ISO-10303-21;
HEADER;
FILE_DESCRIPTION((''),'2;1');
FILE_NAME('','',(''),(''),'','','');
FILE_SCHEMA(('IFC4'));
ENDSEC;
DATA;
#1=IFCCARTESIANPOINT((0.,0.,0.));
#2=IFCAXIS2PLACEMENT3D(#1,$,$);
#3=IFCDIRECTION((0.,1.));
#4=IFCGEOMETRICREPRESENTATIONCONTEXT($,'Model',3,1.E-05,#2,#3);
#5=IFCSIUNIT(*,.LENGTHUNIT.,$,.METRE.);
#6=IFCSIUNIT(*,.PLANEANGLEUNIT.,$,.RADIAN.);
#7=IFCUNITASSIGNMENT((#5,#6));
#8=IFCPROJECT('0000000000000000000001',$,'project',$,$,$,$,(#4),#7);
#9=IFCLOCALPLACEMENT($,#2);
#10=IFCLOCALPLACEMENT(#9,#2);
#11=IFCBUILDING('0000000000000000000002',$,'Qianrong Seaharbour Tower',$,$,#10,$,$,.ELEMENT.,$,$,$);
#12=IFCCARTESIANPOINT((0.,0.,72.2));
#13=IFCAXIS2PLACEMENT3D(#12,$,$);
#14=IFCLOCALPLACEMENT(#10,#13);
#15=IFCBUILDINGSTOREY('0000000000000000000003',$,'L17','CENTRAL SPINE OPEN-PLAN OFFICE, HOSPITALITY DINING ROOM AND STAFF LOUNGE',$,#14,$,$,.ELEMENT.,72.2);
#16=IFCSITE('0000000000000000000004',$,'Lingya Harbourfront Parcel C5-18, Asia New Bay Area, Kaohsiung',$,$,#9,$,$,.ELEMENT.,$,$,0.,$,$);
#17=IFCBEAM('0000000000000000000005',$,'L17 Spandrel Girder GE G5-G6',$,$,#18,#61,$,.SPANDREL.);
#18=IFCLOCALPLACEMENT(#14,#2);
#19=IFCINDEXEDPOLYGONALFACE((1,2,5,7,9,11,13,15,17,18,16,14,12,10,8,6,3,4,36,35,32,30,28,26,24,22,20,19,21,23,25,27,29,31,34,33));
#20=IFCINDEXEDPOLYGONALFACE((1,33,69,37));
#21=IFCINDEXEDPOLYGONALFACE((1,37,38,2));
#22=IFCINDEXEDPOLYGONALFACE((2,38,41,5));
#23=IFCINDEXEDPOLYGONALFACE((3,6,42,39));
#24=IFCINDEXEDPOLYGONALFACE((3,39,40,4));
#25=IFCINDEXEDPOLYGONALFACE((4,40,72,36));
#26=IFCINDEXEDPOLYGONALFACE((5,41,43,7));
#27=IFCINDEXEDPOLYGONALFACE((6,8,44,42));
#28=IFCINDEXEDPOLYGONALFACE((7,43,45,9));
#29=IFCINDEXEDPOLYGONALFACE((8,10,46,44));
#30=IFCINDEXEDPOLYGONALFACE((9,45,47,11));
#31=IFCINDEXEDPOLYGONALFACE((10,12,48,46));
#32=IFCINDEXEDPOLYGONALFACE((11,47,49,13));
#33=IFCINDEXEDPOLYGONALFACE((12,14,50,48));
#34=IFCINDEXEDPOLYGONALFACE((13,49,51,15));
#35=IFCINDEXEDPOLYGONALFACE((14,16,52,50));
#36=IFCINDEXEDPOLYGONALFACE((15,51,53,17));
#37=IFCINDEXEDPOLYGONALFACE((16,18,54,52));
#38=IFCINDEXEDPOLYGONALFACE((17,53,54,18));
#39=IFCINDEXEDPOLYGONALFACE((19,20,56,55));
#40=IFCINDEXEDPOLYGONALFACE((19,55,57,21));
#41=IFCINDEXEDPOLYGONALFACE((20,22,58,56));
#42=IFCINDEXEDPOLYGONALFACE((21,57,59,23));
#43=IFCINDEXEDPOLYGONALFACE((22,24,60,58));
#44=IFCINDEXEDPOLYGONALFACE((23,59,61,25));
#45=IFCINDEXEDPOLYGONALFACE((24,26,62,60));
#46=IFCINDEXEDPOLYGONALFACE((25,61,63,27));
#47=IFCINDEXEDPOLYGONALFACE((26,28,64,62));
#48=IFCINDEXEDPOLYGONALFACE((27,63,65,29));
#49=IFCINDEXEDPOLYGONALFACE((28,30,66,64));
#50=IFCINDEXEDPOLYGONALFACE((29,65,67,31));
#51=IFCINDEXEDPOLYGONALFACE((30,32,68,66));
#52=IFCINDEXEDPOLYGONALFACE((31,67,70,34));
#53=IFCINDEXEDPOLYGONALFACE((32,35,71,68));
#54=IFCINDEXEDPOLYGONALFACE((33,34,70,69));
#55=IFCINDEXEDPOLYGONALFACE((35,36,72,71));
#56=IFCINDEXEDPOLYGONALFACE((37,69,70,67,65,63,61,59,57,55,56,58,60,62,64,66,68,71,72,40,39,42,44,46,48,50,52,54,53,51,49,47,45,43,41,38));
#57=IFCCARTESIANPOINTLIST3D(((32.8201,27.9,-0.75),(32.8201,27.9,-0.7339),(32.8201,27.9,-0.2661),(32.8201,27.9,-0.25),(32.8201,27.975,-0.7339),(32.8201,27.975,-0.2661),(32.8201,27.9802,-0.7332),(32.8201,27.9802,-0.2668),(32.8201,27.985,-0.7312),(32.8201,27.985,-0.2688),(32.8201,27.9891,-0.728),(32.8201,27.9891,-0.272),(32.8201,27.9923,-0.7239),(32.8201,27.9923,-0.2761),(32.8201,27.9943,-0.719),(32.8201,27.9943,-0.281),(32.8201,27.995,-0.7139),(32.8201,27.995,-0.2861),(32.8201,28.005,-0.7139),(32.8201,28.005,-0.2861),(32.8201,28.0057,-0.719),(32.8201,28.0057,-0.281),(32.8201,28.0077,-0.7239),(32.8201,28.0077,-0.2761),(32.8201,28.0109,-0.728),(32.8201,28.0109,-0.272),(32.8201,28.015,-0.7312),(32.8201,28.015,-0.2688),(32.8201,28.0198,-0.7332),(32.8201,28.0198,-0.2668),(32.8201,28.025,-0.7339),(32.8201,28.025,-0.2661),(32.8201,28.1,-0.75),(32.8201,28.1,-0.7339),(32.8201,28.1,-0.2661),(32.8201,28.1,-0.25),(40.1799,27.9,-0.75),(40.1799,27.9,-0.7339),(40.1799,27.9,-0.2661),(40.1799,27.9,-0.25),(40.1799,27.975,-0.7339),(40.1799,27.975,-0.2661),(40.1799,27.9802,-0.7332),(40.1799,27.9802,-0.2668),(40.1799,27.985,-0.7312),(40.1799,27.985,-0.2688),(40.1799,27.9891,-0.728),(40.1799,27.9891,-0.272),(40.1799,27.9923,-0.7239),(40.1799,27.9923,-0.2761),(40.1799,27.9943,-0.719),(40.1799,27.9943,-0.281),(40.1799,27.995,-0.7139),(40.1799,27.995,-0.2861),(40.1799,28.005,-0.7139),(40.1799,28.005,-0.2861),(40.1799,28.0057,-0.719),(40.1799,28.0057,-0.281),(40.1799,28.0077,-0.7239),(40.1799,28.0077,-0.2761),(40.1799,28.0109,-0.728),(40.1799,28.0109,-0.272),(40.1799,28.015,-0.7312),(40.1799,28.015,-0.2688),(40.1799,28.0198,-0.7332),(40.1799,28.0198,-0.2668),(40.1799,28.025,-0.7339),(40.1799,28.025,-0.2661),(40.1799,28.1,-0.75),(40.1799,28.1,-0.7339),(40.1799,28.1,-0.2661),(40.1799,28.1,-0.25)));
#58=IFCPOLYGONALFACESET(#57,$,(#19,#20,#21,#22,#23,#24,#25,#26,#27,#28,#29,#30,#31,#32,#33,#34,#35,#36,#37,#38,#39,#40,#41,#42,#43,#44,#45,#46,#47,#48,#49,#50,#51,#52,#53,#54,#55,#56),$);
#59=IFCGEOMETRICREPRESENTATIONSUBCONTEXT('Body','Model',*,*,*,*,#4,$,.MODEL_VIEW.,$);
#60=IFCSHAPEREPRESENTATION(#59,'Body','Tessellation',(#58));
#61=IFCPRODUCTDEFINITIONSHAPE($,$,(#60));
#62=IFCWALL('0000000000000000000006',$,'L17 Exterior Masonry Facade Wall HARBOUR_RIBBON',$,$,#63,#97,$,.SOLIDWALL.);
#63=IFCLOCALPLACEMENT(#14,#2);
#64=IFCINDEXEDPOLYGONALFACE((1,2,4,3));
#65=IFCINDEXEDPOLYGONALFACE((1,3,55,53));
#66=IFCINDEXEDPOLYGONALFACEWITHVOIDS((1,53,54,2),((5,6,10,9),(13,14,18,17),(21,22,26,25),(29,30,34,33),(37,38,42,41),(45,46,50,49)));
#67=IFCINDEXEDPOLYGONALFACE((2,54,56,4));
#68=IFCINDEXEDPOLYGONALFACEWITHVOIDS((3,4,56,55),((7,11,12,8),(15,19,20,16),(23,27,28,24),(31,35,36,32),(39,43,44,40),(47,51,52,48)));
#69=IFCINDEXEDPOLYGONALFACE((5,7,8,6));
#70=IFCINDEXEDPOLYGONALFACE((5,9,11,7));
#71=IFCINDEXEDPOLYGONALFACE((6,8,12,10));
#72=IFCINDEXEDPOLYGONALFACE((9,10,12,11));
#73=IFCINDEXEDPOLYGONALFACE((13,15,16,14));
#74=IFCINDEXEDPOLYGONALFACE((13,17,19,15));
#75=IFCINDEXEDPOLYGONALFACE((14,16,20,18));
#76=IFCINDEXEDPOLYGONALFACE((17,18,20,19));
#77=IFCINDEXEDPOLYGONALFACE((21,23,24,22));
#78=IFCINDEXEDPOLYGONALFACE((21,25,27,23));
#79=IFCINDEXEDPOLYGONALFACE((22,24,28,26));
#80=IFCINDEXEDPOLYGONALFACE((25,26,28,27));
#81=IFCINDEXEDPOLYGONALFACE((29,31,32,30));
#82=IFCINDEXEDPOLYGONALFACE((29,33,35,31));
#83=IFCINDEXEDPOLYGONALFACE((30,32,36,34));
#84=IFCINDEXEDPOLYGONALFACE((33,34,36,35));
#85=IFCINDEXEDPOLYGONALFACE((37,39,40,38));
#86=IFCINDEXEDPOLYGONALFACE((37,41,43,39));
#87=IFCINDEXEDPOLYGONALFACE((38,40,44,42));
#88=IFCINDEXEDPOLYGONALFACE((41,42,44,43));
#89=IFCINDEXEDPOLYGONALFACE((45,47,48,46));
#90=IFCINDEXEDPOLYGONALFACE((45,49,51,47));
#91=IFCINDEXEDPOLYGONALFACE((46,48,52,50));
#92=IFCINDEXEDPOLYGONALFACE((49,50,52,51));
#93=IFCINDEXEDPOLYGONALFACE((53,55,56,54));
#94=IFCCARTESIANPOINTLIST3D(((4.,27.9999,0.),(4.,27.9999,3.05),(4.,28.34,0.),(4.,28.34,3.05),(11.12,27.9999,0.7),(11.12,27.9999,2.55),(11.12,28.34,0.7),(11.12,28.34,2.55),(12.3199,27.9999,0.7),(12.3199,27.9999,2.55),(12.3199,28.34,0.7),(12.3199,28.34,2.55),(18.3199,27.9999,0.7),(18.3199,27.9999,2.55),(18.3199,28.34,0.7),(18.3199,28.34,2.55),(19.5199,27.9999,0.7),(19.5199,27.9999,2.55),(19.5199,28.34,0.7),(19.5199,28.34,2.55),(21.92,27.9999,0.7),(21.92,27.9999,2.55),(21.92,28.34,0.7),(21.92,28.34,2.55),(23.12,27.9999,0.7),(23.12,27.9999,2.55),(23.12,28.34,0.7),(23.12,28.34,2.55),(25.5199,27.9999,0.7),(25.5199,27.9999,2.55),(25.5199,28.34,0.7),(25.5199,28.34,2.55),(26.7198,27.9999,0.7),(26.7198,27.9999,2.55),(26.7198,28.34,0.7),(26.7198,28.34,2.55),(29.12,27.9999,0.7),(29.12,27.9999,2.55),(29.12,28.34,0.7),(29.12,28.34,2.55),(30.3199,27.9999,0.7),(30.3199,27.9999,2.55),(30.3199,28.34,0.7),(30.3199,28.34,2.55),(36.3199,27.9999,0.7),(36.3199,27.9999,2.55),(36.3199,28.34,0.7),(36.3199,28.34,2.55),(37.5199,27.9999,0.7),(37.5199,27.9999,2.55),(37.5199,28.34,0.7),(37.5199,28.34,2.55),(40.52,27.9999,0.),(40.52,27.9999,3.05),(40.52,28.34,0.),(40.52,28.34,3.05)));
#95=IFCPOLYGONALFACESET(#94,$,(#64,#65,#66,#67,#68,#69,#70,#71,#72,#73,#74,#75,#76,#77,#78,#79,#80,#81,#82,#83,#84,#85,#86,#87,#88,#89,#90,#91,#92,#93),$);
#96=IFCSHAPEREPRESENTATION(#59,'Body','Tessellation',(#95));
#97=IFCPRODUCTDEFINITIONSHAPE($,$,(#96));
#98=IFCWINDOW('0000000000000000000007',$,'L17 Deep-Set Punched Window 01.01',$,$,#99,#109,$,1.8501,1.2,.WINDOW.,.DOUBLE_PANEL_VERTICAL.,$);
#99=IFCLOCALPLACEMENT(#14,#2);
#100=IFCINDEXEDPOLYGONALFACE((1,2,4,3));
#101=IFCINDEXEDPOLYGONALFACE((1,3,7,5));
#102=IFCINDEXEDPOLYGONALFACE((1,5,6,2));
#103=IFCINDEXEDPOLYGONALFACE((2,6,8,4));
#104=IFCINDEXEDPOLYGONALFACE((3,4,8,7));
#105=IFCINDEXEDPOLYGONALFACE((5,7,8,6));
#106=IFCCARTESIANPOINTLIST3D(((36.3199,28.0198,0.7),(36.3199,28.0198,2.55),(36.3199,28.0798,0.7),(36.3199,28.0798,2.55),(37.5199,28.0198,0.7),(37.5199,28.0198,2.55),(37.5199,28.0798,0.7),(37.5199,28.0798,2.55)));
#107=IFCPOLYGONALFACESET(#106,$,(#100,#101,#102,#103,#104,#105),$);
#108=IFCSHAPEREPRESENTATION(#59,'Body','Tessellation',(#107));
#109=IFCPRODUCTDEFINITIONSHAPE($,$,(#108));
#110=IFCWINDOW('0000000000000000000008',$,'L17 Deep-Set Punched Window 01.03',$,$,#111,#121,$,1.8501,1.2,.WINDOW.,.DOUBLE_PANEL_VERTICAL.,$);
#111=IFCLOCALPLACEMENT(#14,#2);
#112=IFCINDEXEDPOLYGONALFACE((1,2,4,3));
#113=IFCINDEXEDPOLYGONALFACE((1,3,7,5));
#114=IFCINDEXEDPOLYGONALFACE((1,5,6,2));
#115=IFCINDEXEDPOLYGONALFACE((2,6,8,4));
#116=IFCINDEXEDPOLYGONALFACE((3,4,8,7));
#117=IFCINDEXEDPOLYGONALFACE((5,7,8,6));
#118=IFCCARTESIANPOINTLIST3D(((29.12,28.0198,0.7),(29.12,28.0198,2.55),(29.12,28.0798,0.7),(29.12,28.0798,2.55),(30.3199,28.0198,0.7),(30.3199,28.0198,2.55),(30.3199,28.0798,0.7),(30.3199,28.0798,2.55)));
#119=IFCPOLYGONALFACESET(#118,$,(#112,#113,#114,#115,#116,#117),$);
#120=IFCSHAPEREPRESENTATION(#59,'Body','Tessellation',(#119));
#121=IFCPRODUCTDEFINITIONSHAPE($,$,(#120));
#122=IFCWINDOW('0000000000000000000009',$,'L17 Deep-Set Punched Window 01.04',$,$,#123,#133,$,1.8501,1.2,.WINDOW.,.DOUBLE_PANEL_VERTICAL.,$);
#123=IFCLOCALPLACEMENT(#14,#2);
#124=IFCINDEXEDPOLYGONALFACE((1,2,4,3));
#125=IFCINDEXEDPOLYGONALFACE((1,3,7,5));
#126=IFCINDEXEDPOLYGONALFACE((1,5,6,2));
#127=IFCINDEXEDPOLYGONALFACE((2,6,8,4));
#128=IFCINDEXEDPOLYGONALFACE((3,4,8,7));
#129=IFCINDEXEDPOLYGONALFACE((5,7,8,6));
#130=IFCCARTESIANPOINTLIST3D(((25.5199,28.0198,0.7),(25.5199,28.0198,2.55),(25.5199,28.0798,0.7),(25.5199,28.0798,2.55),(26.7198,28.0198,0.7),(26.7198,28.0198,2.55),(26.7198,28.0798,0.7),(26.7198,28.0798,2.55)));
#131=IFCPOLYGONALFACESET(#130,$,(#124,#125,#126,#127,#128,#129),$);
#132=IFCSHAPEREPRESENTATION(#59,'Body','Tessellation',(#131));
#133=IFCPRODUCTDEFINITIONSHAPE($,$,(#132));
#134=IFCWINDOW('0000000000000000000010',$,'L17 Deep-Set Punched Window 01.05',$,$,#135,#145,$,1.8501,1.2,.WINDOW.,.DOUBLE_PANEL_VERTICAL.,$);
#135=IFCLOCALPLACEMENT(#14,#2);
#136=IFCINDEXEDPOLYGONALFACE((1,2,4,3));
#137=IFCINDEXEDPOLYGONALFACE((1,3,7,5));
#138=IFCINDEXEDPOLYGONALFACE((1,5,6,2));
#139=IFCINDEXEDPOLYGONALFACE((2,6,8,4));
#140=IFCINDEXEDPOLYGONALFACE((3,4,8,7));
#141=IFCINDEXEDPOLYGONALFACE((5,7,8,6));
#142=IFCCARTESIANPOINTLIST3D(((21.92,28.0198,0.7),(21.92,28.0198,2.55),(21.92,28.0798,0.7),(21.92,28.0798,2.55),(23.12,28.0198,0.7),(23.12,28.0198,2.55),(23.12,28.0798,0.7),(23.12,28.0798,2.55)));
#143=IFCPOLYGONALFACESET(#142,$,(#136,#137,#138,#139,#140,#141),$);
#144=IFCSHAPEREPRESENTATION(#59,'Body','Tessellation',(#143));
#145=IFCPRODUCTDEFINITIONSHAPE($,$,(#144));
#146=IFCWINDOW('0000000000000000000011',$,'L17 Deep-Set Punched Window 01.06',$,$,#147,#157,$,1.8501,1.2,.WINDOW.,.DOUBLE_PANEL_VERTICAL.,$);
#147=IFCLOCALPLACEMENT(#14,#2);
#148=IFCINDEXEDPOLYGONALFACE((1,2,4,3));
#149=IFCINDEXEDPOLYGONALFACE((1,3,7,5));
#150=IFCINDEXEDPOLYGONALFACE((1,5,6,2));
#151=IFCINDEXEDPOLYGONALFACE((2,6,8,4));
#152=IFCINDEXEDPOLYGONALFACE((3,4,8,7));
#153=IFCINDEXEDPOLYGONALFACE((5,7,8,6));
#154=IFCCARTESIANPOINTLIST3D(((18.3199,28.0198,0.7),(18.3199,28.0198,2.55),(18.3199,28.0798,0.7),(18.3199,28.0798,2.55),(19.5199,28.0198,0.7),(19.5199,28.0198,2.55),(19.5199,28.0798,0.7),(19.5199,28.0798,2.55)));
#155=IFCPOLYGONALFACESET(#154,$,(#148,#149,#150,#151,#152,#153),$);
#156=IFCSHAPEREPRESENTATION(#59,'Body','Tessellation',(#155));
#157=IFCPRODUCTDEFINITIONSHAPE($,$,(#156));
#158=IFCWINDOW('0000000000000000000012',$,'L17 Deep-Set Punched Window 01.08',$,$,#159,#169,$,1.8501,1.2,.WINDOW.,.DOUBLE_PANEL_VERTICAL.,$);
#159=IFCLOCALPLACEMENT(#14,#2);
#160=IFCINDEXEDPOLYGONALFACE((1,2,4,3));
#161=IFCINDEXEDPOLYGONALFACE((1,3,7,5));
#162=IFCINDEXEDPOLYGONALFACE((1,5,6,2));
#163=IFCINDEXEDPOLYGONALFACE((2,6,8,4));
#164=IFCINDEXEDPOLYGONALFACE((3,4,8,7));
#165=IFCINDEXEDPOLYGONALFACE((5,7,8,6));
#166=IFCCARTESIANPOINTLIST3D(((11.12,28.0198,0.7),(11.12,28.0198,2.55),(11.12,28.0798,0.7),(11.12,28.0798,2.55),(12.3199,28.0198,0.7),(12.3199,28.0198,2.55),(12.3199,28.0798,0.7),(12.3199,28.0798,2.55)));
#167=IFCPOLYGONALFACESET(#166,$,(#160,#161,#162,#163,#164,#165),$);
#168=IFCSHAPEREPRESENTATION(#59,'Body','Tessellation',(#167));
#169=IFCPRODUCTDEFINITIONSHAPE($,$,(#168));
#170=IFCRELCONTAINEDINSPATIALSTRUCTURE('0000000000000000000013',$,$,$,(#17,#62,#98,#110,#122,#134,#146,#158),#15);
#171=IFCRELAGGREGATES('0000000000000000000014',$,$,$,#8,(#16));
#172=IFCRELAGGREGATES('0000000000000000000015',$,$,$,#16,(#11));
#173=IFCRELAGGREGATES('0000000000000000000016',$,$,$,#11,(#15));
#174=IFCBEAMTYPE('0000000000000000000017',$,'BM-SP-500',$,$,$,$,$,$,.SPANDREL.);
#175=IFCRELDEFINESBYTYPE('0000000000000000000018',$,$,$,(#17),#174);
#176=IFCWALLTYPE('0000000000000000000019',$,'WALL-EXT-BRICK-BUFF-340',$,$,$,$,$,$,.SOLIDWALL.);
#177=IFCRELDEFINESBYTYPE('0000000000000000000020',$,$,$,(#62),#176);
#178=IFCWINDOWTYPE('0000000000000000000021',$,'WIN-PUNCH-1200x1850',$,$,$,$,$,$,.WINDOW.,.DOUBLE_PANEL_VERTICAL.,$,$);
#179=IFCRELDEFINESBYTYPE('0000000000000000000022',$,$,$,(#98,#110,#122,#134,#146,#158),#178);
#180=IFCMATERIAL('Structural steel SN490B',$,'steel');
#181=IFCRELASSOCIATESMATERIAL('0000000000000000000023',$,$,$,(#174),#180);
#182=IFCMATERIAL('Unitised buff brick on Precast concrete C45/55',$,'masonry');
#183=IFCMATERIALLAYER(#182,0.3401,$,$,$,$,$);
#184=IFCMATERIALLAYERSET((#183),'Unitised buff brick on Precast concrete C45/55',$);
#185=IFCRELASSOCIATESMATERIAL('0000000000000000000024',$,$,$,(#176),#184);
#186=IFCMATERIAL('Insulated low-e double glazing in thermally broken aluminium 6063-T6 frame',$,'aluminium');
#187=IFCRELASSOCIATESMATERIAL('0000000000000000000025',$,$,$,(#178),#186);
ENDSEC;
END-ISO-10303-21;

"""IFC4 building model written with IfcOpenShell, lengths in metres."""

from ifc_helpers import new_model, si_unit, direction, frame, frame_2d, origin, origin_2d, place, context, subcontext, project, spatial, rectangle, i_section, extrude, material, layer, layer_set, material_profile, profile_set, type_object, element, fill, save


model = new_model("IFC4")

# Units and contexts
model_context = context("Model", 3, precision=1e-05, world=origin(), true_north=direction((0.0, 1.0)))
body_context = subcontext(model_context, "Body", "Model", "MODEL_VIEW")
ifc_project = project(units=[si_unit("LENGTHUNIT", "METRE"), si_unit("PLANEANGLEUNIT", "RADIAN")], contexts=[model_context])

# Site, building, storey
site_placement = place(None, origin())
site = spatial("IfcSite", under=ifc_project, at=site_placement, Name="Lingya Harbourfront Parcel C5-18, Asia New Bay Area, Kaohsiung", CompositionType="ELEMENT", RefElevation=0.0)
building_placement = place(site_placement, origin())
building = spatial("IfcBuilding", under=site, at=building_placement, Name="Qianrong Seaharbour Tower", CompositionType="ELEMENT")
storey_placement = place(building_placement, frame((0.0, 0.0, 72.2)))
storey = spatial("IfcBuildingStorey", under=building, at=storey_placement, Name="L17", Description="CENTRAL SPINE OPEN-PLAN OFFICE, HOSPITALITY DINING ROOM AND STAFF LOUNGE", CompositionType="ELEMENT", Elevation=72.2)

# Shared definitions
ifc_material_1 = material(Name="Structural steel SN490B", Category="steel")

# Beam
ifc_material_profile_1 = material_profile(ifc_material_1, i_section(OverallWidth=0.2, OverallDepth=0.5, WebThickness=0.01, FlangeThickness=0.0161, FilletRadius=0.02, at=origin_2d()), Name="H500x200x10x16")
ifc_profile_set_1 = profile_set([ifc_material_profile_1], Name="Structural steel SN490B")
beam_type_1 = type_object("IfcBeamType", Name="BM-SP-500", PredefinedType="SPANDREL", material=ifc_profile_set_1)
beam_1_placement = place(storey_placement, frame((32.8201, 28.0, -0.5), z_axis=(1.0, 0.0, 0.0), x_axis=(0.0, 1.0, 0.0)))
element("IfcBeam", 1, at=beam_1_placement, inside=storey, type_object=beam_type_1, Name="L17 Spandrel Girder GE G5-G6", PredefinedType="SPANDREL", context=body_context, shape_type="SweptSolid", body=[
    extrude(i_section(OverallWidth=0.2, OverallDepth=0.5, WebThickness=0.01, FlangeThickness=0.0161, FilletRadius=0.02, at=origin_2d()), origin(), (0.0, 0.0, 1.0), 7.3599),
])

# Wall, openings, windows
ifc_material_2 = material(Name="Unitised buff brick on Precast concrete C45/55", Category="masonry")
ifc_layer = layer(ifc_material_2, 0.3401)
ifc_layer_set = layer_set([ifc_layer], Name="Unitised buff brick on Precast concrete C45/55")
wall_type = type_object("IfcWallType", Name="WALL-EXT-BRICK-BUFF-340", PredefinedType="SOLIDWALL", material=ifc_layer_set)
wall_placement = place(storey_placement, frame((40.52, 28.1699, 0.0), z_axis=(0.0, 0.0, 1.0), x_axis=(-1.0, 0.0, 0.0)))
wall = element("IfcWall", 2, at=wall_placement, inside=storey, type_object=wall_type, Name="L17 Exterior Masonry Facade Wall HARBOUR_RIBBON", PredefinedType="SOLIDWALL", context=body_context, shape_type="SweptSolid", body=[
    extrude(rectangle(XDim=36.52, YDim=0.3401, at=frame_2d((18.26, 0.0))), origin(), (0.0, 0.0, 1.0), 3.05),
])
opening_1_placement = place(wall_placement, frame((3.0, 0.0, 0.7)))
opening_1 = element("IfcOpeningElement", 3, at=opening_1_placement, cuts=wall, PredefinedType="OPENING", context=body_context, shape_type="SweptSolid", body=[
    extrude(rectangle(XDim=1.2, YDim=1.8501, at=frame_2d((0.6001, 0.925))), frame((0.0, 0.1802, 0.0), z_axis=(0.0, -1.0, 0.0), x_axis=(1.0, 0.0, 0.0)), (0.0, 0.0, 1.0), 0.3601),
])
opening_2_placement = place(wall_placement, frame((10.2, 0.0, 0.7)))
opening_2 = element("IfcOpeningElement", 4, at=opening_2_placement, cuts=wall, PredefinedType="OPENING", context=body_context, shape_type="SweptSolid", body=[
    extrude(rectangle(XDim=1.2, YDim=1.8501, at=frame_2d((0.6001, 0.925))), frame((0.0, 0.1802, 0.0), z_axis=(0.0, -1.0, 0.0), x_axis=(1.0, 0.0, 0.0)), (0.0, 0.0, 1.0), 0.3601),
])
opening_3_placement = place(wall_placement, frame((13.8, 0.0, 0.7)))
opening_3 = element("IfcOpeningElement", 5, at=opening_3_placement, cuts=wall, PredefinedType="OPENING", context=body_context, shape_type="SweptSolid", body=[
    extrude(rectangle(XDim=1.2, YDim=1.8501, at=frame_2d((0.6001, 0.925))), frame((0.0, 0.1802, 0.0), z_axis=(0.0, -1.0, 0.0), x_axis=(1.0, 0.0, 0.0)), (0.0, 0.0, 1.0), 0.3601),
])
opening_4_placement = place(wall_placement, frame((17.3999, 0.0, 0.7)))
opening_4 = element("IfcOpeningElement", 6, at=opening_4_placement, cuts=wall, PredefinedType="OPENING", context=body_context, shape_type="SweptSolid", body=[
    extrude(rectangle(XDim=1.2, YDim=1.8501, at=frame_2d((0.6001, 0.925))), frame((0.0, 0.1802, 0.0), z_axis=(0.0, -1.0, 0.0), x_axis=(1.0, 0.0, 0.0)), (0.0, 0.0, 1.0), 0.3601),
])
opening_5_placement = place(wall_placement, frame((21.0, 0.0, 0.7)))
opening_5 = element("IfcOpeningElement", 7, at=opening_5_placement, cuts=wall, PredefinedType="OPENING", context=body_context, shape_type="SweptSolid", body=[
    extrude(rectangle(XDim=1.2, YDim=1.8501, at=frame_2d((0.6001, 0.925))), frame((0.0, 0.1802, 0.0), z_axis=(0.0, -1.0, 0.0), x_axis=(1.0, 0.0, 0.0)), (0.0, 0.0, 1.0), 0.3601),
])
opening_6_placement = place(wall_placement, frame((28.2, 0.0, 0.7)))
opening_6 = element("IfcOpeningElement", 8, at=opening_6_placement, cuts=wall, PredefinedType="OPENING", context=body_context, shape_type="SweptSolid", body=[
    extrude(rectangle(XDim=1.2, YDim=1.8501, at=frame_2d((0.6001, 0.925))), frame((0.0, 0.1802, 0.0), z_axis=(0.0, -1.0, 0.0), x_axis=(1.0, 0.0, 0.0)), (0.0, 0.0, 1.0), 0.3601),
])
ifc_material_3 = material(Name="Insulated low-e double glazing in thermally broken aluminium 6063-T6 frame", Category="aluminium")
window_type = type_object("IfcWindowType", Name="WIN-PUNCH-1200x1850", PartitioningType="DOUBLE_PANEL_VERTICAL", PredefinedType="WINDOW", material=ifc_material_3)
window_1_placement = place(opening_1_placement, origin())
window_1 = element("IfcWindow", 9, at=window_1_placement, inside=storey, type_object=window_type, Name="L17 Deep-Set Punched Window 01.01", OverallHeight=1.8501, OverallWidth=1.2, PartitioningType="DOUBLE_PANEL_VERTICAL", PredefinedType="WINDOW", context=body_context, shape_type="SweptSolid", body=[
    extrude(rectangle(XDim=1.2, YDim=1.8501, at=frame_2d((0.6001, 0.925))), frame((0.0, 0.1501, 0.0), z_axis=(0.0, -1.0, 0.0), x_axis=(1.0, 0.0, 0.0)), (0.0, 0.0, 1.0), 0.0601),
])
fill(opening_1, window_1)
window_2_placement = place(opening_2_placement, origin())
window_2 = element("IfcWindow", 10, at=window_2_placement, inside=storey, type_object=window_type, Name="L17 Deep-Set Punched Window 01.03", OverallHeight=1.8501, OverallWidth=1.2, PartitioningType="DOUBLE_PANEL_VERTICAL", PredefinedType="WINDOW", context=body_context, shape_type="SweptSolid", body=[
    extrude(rectangle(XDim=1.2, YDim=1.8501, at=frame_2d((0.6001, 0.925))), frame((0.0, 0.1501, 0.0), z_axis=(0.0, -1.0, 0.0), x_axis=(1.0, 0.0, 0.0)), (0.0, 0.0, 1.0), 0.0601),
])
fill(opening_2, window_2)
window_3_placement = place(opening_3_placement, origin())
window_3 = element("IfcWindow", 11, at=window_3_placement, inside=storey, type_object=window_type, Name="L17 Deep-Set Punched Window 01.04", OverallHeight=1.8501, OverallWidth=1.2, PartitioningType="DOUBLE_PANEL_VERTICAL", PredefinedType="WINDOW", context=body_context, shape_type="SweptSolid", body=[
    extrude(rectangle(XDim=1.2, YDim=1.8501, at=frame_2d((0.6001, 0.925))), frame((0.0, 0.1501, 0.0), z_axis=(0.0, -1.0, 0.0), x_axis=(1.0, 0.0, 0.0)), (0.0, 0.0, 1.0), 0.0601),
])
fill(opening_3, window_3)
window_4_placement = place(opening_4_placement, origin())
window_4 = element("IfcWindow", 12, at=window_4_placement, inside=storey, type_object=window_type, Name="L17 Deep-Set Punched Window 01.05", OverallHeight=1.8501, OverallWidth=1.2, PartitioningType="DOUBLE_PANEL_VERTICAL", PredefinedType="WINDOW", context=body_context, shape_type="SweptSolid", body=[
    extrude(rectangle(XDim=1.2, YDim=1.8501, at=frame_2d((0.6001, 0.925))), frame((0.0, 0.1501, 0.0), z_axis=(0.0, -1.0, 0.0), x_axis=(1.0, 0.0, 0.0)), (0.0, 0.0, 1.0), 0.0601),
])
fill(opening_4, window_4)
window_5_placement = place(opening_5_placement, origin())
window_5 = element("IfcWindow", 13, at=window_5_placement, inside=storey, type_object=window_type, Name="L17 Deep-Set Punched Window 01.06", OverallHeight=1.8501, OverallWidth=1.2, PartitioningType="DOUBLE_PANEL_VERTICAL", PredefinedType="WINDOW", context=body_context, shape_type="SweptSolid", body=[
    extrude(rectangle(XDim=1.2, YDim=1.8501, at=frame_2d((0.6001, 0.925))), frame((0.0, 0.1501, 0.0), z_axis=(0.0, -1.0, 0.0), x_axis=(1.0, 0.0, 0.0)), (0.0, 0.0, 1.0), 0.0601),
])
fill(opening_5, window_5)
window_6_placement = place(opening_6_placement, origin())
window_6 = element("IfcWindow", 14, at=window_6_placement, inside=storey, type_object=window_type, Name="L17 Deep-Set Punched Window 01.08", OverallHeight=1.8501, OverallWidth=1.2, PartitioningType="DOUBLE_PANEL_VERTICAL", PredefinedType="WINDOW", context=body_context, shape_type="SweptSolid", body=[
    extrude(rectangle(XDim=1.2, YDim=1.8501, at=frame_2d((0.6001, 0.925))), frame((0.0, 0.1501, 0.0), z_axis=(0.0, -1.0, 0.0), x_axis=(1.0, 0.0, 0.0)), (0.0, 0.0, 1.0), 0.0601),
])
fill(opening_6, window_6)

save(model, "model.ifc")
